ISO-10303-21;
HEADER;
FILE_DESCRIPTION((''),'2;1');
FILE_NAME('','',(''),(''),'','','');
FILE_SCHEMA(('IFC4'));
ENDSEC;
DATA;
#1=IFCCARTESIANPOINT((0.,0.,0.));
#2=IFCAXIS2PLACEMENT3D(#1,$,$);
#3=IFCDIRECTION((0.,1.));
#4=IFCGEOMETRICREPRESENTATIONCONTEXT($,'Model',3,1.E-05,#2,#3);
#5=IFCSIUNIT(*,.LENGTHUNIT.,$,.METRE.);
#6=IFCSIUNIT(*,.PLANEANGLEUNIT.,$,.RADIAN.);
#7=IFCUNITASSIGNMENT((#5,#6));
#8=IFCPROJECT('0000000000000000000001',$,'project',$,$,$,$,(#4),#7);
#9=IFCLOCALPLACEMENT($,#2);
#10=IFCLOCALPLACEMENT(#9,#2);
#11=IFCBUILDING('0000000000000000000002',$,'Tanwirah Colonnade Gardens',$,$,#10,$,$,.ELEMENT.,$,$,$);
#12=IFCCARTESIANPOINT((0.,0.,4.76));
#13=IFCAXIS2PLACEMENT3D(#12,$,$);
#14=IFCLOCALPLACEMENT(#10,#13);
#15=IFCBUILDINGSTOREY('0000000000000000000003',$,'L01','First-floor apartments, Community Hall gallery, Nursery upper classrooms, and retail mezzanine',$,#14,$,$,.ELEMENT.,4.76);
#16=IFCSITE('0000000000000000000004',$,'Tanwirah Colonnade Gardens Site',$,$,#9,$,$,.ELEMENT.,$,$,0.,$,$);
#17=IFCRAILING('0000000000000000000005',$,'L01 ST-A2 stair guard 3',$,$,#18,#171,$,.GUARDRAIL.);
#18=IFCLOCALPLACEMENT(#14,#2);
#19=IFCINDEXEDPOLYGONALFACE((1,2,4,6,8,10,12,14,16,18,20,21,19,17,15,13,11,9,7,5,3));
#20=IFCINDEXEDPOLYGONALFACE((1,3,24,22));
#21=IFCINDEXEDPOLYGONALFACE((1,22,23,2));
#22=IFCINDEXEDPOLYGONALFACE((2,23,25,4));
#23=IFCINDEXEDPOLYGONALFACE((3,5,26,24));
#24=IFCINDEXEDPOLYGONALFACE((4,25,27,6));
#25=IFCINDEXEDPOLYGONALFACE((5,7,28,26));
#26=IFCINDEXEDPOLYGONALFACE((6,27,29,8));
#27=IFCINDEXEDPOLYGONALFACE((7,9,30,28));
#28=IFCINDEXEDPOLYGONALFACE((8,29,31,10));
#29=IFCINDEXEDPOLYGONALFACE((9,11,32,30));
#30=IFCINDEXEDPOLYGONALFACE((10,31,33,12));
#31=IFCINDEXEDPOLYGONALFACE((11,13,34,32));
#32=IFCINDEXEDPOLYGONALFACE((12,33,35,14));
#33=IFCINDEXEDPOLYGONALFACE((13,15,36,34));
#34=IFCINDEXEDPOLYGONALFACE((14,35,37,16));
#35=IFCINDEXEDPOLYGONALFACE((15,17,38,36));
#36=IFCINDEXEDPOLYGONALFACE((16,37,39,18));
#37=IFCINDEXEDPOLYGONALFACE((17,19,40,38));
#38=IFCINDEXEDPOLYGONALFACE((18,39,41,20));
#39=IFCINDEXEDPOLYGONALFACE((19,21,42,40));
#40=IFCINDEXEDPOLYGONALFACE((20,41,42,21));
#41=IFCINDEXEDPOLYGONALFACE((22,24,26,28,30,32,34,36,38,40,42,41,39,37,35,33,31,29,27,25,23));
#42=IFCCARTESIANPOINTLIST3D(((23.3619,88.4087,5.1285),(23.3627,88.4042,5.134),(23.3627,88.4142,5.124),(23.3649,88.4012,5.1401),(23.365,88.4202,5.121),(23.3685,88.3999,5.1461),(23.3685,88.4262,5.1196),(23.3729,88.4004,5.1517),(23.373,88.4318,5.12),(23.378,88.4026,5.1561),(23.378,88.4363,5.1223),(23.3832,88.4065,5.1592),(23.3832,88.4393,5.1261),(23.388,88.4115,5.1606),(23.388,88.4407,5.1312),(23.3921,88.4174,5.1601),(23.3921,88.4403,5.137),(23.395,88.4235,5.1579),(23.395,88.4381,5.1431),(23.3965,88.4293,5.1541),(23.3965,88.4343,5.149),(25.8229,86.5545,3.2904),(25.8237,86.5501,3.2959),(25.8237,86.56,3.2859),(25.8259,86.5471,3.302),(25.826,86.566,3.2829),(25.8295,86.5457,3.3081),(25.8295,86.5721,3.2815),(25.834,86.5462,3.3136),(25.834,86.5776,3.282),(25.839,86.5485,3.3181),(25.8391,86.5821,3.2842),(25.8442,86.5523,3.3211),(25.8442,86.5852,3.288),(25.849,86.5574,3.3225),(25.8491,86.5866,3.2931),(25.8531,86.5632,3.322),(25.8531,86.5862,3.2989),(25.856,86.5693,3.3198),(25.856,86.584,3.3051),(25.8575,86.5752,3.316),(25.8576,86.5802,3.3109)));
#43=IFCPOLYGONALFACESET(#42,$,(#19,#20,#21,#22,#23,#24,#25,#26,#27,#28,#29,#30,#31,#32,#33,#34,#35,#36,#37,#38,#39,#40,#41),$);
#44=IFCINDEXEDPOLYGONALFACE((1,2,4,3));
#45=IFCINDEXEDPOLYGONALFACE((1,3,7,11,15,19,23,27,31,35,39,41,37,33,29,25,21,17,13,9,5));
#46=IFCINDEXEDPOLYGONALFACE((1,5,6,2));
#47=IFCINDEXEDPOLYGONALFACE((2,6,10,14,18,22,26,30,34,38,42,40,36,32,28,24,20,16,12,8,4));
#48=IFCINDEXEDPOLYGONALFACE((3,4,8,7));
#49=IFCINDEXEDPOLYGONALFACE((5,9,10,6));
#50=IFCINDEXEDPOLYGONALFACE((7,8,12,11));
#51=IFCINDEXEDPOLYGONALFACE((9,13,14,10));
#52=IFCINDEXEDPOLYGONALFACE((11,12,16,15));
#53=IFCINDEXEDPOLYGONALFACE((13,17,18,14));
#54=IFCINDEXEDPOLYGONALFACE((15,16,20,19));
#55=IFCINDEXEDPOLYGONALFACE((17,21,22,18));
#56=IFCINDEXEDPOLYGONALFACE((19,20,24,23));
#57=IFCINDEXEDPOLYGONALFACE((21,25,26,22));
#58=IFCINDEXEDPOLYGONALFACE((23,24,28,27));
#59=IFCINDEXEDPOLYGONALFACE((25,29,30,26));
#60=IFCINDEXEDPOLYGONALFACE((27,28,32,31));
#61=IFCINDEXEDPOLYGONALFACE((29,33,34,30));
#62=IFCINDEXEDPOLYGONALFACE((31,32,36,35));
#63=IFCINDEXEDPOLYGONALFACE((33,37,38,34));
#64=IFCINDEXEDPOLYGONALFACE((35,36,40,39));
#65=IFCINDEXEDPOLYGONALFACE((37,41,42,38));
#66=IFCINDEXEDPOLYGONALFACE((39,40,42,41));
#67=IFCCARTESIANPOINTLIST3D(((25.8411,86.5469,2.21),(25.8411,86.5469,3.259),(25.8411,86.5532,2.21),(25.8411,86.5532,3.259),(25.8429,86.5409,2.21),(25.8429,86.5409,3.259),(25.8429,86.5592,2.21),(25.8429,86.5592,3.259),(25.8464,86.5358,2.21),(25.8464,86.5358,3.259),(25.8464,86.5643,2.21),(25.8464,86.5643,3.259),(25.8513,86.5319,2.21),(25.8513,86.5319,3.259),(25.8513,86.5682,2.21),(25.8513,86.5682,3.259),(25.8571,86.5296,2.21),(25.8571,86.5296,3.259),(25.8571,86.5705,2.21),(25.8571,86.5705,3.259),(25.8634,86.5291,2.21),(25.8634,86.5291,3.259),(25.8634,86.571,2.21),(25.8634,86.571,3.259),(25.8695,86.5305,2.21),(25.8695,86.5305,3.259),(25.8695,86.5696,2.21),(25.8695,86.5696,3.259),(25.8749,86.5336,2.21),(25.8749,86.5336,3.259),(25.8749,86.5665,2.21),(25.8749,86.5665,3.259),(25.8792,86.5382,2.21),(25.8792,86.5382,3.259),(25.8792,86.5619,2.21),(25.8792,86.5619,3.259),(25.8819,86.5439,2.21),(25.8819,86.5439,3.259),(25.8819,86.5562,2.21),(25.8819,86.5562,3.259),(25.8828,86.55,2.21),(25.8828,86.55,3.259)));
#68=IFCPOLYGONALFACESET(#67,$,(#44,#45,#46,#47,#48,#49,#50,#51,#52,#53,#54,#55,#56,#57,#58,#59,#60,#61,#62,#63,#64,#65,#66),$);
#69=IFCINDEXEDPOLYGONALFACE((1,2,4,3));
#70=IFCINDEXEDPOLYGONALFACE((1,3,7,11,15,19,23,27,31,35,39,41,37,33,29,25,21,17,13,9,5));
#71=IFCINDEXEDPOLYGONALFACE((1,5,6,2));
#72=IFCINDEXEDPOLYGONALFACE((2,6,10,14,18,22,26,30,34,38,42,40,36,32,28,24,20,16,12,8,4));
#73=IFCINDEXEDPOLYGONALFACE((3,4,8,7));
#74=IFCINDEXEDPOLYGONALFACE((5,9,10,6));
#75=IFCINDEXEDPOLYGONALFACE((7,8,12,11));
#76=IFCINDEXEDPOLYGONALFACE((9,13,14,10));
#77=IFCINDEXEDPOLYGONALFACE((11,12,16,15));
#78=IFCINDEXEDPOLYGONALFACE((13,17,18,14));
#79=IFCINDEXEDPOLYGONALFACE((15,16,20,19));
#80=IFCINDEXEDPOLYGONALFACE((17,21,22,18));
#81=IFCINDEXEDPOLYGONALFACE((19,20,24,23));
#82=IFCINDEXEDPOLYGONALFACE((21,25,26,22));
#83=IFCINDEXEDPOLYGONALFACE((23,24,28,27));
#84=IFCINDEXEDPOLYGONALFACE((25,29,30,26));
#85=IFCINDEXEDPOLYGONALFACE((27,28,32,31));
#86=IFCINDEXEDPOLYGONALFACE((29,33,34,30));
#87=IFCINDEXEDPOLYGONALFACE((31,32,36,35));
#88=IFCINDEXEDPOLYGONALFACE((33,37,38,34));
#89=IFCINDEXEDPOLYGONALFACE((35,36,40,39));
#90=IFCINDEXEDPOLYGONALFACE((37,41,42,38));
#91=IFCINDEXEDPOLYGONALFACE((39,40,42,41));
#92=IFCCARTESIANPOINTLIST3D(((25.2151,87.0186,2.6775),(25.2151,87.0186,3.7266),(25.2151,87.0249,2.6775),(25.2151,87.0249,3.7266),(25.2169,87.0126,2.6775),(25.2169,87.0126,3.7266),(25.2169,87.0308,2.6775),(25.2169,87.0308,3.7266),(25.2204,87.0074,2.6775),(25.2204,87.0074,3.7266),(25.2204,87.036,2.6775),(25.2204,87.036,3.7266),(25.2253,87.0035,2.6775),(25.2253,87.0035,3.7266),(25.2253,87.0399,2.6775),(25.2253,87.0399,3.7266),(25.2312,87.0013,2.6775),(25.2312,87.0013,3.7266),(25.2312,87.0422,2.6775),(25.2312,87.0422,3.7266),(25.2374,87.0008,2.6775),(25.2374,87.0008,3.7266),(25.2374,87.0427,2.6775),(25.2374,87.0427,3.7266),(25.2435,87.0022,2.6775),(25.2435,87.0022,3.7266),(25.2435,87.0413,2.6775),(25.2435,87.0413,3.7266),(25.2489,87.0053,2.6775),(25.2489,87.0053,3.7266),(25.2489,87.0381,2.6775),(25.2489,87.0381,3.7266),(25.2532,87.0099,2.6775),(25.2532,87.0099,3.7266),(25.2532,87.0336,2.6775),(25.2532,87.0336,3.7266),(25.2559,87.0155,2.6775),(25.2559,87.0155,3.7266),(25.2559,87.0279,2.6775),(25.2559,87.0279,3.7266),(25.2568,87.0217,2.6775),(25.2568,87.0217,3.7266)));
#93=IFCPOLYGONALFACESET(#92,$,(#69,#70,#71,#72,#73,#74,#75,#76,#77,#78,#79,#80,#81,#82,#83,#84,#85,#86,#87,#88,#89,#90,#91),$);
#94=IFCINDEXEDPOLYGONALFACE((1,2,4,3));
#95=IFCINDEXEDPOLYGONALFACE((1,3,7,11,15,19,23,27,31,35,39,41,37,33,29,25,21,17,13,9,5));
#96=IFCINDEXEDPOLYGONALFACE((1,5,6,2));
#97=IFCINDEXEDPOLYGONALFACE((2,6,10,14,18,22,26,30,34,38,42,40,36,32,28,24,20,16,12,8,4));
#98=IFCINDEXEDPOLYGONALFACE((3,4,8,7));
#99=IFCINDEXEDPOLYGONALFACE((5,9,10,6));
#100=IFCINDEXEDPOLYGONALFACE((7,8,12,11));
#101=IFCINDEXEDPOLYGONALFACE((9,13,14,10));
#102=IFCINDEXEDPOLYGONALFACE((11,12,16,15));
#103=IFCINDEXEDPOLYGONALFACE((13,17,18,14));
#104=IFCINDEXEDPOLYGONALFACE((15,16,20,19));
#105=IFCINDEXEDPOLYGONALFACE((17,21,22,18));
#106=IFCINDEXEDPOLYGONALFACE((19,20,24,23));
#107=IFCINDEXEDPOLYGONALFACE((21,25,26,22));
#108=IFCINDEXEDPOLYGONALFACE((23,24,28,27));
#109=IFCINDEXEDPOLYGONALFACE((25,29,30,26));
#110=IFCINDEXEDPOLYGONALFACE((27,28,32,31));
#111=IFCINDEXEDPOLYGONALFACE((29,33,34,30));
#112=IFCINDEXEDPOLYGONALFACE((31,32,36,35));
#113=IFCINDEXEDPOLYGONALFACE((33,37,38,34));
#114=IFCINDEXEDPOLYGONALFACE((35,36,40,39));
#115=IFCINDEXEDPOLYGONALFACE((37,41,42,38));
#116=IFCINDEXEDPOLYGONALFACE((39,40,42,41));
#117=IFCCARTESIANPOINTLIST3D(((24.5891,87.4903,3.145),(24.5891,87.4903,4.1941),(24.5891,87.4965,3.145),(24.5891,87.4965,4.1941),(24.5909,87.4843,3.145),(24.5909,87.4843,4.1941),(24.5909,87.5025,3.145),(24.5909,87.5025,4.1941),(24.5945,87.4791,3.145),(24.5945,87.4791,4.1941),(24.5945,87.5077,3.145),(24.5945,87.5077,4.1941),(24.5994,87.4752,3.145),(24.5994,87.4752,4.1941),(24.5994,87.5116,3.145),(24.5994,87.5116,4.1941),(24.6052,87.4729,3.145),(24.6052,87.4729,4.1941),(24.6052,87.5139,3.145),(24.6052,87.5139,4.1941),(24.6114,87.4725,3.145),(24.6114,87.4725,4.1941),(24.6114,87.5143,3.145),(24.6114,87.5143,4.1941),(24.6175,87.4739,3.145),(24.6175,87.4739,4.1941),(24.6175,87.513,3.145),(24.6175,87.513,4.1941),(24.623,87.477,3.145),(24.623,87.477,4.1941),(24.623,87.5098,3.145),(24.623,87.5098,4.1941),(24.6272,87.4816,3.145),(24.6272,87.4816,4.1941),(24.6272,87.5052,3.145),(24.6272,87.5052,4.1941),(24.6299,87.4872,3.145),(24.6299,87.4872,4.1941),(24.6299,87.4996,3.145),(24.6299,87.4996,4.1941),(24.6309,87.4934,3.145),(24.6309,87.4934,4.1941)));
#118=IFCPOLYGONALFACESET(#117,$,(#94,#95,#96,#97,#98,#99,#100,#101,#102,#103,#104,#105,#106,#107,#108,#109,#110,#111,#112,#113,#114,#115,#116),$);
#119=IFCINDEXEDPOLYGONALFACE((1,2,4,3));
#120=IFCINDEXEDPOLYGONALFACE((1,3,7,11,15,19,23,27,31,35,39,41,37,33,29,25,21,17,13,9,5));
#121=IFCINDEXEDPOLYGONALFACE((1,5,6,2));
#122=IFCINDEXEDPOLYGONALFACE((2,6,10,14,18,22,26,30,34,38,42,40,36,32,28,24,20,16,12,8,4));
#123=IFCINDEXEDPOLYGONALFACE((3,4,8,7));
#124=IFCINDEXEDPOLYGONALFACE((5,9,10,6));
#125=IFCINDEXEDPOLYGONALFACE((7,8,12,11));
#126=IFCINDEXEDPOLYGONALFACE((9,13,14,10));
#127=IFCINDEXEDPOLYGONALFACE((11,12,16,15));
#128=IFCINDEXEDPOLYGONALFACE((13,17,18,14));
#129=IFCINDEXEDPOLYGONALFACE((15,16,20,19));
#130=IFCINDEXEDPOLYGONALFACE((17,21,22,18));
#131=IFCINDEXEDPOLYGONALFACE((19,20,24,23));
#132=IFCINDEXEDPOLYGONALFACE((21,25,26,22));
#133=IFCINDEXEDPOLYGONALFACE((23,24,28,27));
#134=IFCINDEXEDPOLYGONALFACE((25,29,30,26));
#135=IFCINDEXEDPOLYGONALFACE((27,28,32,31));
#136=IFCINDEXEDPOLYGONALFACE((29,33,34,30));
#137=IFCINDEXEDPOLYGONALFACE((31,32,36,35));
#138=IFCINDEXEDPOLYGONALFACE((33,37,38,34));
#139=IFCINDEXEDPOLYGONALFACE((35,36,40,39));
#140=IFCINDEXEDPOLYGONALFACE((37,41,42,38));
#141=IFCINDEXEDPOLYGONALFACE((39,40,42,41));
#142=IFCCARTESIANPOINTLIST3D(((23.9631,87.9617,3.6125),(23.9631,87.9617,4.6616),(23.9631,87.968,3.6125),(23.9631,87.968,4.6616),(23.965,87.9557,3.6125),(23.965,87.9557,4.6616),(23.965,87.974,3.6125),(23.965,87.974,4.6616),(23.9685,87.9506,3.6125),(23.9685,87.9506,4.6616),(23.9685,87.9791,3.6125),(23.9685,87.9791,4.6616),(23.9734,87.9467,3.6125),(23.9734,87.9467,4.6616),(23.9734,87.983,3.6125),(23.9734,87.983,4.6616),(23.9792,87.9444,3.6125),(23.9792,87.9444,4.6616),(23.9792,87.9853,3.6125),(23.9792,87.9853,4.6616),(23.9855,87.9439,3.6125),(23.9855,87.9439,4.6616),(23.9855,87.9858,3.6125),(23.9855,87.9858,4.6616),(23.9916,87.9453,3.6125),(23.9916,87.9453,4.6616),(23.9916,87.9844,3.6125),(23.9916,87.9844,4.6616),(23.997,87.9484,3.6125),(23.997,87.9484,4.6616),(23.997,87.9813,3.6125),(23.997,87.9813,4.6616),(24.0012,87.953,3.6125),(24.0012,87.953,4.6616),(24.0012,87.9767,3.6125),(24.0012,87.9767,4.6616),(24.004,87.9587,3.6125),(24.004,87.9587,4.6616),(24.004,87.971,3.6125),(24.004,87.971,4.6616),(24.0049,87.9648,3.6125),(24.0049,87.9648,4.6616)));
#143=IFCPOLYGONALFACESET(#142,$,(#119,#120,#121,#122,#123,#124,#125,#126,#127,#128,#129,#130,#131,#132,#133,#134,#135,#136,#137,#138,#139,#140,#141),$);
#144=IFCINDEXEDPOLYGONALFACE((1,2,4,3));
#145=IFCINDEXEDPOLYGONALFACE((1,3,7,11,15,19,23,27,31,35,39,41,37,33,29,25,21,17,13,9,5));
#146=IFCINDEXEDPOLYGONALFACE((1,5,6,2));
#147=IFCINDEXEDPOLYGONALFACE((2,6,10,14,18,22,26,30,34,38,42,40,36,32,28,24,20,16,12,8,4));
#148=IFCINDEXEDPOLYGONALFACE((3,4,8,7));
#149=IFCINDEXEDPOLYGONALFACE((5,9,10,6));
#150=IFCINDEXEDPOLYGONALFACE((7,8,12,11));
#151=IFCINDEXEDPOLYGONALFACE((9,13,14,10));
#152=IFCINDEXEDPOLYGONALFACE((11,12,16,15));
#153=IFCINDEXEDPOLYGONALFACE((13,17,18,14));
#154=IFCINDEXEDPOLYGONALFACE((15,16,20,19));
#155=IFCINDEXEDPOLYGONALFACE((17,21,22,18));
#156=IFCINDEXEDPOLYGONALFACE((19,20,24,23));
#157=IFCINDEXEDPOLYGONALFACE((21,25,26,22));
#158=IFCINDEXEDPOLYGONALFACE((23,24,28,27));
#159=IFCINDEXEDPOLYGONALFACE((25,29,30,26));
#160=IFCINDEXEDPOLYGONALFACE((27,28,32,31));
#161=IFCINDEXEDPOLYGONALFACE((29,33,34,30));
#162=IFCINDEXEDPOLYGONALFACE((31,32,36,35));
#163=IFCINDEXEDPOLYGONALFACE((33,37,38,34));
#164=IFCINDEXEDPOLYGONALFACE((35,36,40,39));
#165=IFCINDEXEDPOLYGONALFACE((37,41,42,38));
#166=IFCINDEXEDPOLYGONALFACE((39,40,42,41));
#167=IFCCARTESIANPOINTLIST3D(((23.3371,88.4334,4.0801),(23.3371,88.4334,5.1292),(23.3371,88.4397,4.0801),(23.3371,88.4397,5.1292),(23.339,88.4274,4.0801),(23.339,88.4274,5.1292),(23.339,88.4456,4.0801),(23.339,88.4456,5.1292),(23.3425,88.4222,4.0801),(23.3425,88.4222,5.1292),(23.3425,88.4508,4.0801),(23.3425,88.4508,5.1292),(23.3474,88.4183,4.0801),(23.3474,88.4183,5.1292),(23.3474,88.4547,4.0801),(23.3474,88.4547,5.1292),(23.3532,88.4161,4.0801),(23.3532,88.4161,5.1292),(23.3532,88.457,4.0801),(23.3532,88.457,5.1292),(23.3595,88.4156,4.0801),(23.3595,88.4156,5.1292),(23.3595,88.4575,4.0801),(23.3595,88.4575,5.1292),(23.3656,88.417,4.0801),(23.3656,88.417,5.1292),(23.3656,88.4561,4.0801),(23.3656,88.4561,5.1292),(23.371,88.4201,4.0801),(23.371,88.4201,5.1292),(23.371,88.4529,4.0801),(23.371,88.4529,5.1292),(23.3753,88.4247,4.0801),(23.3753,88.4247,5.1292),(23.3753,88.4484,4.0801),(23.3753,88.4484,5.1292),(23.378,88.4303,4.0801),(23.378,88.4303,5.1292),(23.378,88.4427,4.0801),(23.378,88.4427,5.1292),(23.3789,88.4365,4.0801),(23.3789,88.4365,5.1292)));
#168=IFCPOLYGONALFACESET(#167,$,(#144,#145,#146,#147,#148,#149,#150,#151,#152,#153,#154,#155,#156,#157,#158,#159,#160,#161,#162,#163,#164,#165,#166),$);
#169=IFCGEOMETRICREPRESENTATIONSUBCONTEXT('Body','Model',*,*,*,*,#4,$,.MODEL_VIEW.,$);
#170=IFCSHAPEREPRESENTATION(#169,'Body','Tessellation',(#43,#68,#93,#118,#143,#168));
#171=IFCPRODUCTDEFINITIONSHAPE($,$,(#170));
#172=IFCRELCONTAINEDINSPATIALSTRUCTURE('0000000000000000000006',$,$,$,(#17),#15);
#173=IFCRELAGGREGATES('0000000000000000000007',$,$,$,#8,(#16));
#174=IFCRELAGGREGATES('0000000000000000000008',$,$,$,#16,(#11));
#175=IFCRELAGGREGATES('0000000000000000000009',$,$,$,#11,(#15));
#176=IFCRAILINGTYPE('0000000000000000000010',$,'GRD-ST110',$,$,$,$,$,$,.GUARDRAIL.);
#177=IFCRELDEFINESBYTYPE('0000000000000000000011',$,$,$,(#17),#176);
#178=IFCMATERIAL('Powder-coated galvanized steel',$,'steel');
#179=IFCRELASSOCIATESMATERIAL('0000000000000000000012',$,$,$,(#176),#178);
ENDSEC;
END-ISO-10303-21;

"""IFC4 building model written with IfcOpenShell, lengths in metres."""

from ifc_helpers import new_model, si_unit, direction, frame, origin, origin_2d, place, context, subcontext, project, spatial, circle, extrude, material, type_object, element, save


model = new_model("IFC4")

# Units and contexts
model_context = context("Model", 3, precision=1e-05, world=origin(), true_north=direction((0.0, 1.0)))
body_context = subcontext(model_context, "Body", "Model", "MODEL_VIEW")
ifc_project = project(units=[si_unit("LENGTHUNIT", "METRE"), si_unit("PLANEANGLEUNIT", "RADIAN")], contexts=[model_context])

# Site, building, storey
site_placement = place(None, origin())
site = spatial("IfcSite", under=ifc_project, at=site_placement, Name="Tanwirah Colonnade Gardens Site", CompositionType="ELEMENT", RefElevation=0.0)
building_placement = place(site_placement, origin())
building = spatial("IfcBuilding", under=site, at=building_placement, Name="Tanwirah Colonnade Gardens", CompositionType="ELEMENT")
storey_placement = place(building_placement, frame((0.0, 0.0, 4.76)))
storey = spatial("IfcBuildingStorey", under=building, at=storey_placement, Name="L01", Description="First-floor apartments, Community Hall gallery, Nursery upper classrooms, and retail mezzanine", CompositionType="ELEMENT", Elevation=4.76)

# Railing
ifc_material_1 = material(Name="Powder-coated galvanized steel", Category="steel")
railing_type_1 = type_object("IfcRailingType", Name="GRD-ST110", PredefinedType="GUARDRAIL", material=ifc_material_1)
railing_1_placement = place(storey_placement, frame((25.8618, 86.55, 2.21)))
element("IfcRailing", 1, at=railing_1_placement, inside=storey, type_object=railing_type_1, Name="L01 ST-A2 stair guard 3", PredefinedType="GUARDRAIL", context=body_context, shape_type="SweptSolid", body=[
    extrude(circle(Radius=0.0239, at=origin_2d()), frame((-0.0215, 0.0161, 1.092), z_axis=(-0.68592, 0.516781, 0.5123), x_axis=(-0.601743, -0.79869, 0.0)), (0.0, 0.0, 1.0), 3.5879),
    extrude(circle(Radius=0.021, at=origin_2d()), origin(), (0.0, 0.0, 1.0), 1.0491),
    extrude(circle(Radius=0.021, at=origin_2d()), frame((-0.626, 0.4717, 0.4675)), (0.0, 0.0, 1.0), 1.0491),
    extrude(circle(Radius=0.021, at=origin_2d()), frame((-1.252, 0.9434, 0.9351)), (0.0, 0.0, 1.0), 1.0491),
    extrude(circle(Radius=0.021, at=origin_2d()), frame((-1.8779, 1.4148, 1.4026)), (0.0, 0.0, 1.0), 1.0491),
    extrude(circle(Radius=0.021, at=origin_2d()), frame((-2.5039, 1.8865, 1.8701)), (0.0, 0.0, 1.0), 1.0491),
])

save(model, "model.ifc")
